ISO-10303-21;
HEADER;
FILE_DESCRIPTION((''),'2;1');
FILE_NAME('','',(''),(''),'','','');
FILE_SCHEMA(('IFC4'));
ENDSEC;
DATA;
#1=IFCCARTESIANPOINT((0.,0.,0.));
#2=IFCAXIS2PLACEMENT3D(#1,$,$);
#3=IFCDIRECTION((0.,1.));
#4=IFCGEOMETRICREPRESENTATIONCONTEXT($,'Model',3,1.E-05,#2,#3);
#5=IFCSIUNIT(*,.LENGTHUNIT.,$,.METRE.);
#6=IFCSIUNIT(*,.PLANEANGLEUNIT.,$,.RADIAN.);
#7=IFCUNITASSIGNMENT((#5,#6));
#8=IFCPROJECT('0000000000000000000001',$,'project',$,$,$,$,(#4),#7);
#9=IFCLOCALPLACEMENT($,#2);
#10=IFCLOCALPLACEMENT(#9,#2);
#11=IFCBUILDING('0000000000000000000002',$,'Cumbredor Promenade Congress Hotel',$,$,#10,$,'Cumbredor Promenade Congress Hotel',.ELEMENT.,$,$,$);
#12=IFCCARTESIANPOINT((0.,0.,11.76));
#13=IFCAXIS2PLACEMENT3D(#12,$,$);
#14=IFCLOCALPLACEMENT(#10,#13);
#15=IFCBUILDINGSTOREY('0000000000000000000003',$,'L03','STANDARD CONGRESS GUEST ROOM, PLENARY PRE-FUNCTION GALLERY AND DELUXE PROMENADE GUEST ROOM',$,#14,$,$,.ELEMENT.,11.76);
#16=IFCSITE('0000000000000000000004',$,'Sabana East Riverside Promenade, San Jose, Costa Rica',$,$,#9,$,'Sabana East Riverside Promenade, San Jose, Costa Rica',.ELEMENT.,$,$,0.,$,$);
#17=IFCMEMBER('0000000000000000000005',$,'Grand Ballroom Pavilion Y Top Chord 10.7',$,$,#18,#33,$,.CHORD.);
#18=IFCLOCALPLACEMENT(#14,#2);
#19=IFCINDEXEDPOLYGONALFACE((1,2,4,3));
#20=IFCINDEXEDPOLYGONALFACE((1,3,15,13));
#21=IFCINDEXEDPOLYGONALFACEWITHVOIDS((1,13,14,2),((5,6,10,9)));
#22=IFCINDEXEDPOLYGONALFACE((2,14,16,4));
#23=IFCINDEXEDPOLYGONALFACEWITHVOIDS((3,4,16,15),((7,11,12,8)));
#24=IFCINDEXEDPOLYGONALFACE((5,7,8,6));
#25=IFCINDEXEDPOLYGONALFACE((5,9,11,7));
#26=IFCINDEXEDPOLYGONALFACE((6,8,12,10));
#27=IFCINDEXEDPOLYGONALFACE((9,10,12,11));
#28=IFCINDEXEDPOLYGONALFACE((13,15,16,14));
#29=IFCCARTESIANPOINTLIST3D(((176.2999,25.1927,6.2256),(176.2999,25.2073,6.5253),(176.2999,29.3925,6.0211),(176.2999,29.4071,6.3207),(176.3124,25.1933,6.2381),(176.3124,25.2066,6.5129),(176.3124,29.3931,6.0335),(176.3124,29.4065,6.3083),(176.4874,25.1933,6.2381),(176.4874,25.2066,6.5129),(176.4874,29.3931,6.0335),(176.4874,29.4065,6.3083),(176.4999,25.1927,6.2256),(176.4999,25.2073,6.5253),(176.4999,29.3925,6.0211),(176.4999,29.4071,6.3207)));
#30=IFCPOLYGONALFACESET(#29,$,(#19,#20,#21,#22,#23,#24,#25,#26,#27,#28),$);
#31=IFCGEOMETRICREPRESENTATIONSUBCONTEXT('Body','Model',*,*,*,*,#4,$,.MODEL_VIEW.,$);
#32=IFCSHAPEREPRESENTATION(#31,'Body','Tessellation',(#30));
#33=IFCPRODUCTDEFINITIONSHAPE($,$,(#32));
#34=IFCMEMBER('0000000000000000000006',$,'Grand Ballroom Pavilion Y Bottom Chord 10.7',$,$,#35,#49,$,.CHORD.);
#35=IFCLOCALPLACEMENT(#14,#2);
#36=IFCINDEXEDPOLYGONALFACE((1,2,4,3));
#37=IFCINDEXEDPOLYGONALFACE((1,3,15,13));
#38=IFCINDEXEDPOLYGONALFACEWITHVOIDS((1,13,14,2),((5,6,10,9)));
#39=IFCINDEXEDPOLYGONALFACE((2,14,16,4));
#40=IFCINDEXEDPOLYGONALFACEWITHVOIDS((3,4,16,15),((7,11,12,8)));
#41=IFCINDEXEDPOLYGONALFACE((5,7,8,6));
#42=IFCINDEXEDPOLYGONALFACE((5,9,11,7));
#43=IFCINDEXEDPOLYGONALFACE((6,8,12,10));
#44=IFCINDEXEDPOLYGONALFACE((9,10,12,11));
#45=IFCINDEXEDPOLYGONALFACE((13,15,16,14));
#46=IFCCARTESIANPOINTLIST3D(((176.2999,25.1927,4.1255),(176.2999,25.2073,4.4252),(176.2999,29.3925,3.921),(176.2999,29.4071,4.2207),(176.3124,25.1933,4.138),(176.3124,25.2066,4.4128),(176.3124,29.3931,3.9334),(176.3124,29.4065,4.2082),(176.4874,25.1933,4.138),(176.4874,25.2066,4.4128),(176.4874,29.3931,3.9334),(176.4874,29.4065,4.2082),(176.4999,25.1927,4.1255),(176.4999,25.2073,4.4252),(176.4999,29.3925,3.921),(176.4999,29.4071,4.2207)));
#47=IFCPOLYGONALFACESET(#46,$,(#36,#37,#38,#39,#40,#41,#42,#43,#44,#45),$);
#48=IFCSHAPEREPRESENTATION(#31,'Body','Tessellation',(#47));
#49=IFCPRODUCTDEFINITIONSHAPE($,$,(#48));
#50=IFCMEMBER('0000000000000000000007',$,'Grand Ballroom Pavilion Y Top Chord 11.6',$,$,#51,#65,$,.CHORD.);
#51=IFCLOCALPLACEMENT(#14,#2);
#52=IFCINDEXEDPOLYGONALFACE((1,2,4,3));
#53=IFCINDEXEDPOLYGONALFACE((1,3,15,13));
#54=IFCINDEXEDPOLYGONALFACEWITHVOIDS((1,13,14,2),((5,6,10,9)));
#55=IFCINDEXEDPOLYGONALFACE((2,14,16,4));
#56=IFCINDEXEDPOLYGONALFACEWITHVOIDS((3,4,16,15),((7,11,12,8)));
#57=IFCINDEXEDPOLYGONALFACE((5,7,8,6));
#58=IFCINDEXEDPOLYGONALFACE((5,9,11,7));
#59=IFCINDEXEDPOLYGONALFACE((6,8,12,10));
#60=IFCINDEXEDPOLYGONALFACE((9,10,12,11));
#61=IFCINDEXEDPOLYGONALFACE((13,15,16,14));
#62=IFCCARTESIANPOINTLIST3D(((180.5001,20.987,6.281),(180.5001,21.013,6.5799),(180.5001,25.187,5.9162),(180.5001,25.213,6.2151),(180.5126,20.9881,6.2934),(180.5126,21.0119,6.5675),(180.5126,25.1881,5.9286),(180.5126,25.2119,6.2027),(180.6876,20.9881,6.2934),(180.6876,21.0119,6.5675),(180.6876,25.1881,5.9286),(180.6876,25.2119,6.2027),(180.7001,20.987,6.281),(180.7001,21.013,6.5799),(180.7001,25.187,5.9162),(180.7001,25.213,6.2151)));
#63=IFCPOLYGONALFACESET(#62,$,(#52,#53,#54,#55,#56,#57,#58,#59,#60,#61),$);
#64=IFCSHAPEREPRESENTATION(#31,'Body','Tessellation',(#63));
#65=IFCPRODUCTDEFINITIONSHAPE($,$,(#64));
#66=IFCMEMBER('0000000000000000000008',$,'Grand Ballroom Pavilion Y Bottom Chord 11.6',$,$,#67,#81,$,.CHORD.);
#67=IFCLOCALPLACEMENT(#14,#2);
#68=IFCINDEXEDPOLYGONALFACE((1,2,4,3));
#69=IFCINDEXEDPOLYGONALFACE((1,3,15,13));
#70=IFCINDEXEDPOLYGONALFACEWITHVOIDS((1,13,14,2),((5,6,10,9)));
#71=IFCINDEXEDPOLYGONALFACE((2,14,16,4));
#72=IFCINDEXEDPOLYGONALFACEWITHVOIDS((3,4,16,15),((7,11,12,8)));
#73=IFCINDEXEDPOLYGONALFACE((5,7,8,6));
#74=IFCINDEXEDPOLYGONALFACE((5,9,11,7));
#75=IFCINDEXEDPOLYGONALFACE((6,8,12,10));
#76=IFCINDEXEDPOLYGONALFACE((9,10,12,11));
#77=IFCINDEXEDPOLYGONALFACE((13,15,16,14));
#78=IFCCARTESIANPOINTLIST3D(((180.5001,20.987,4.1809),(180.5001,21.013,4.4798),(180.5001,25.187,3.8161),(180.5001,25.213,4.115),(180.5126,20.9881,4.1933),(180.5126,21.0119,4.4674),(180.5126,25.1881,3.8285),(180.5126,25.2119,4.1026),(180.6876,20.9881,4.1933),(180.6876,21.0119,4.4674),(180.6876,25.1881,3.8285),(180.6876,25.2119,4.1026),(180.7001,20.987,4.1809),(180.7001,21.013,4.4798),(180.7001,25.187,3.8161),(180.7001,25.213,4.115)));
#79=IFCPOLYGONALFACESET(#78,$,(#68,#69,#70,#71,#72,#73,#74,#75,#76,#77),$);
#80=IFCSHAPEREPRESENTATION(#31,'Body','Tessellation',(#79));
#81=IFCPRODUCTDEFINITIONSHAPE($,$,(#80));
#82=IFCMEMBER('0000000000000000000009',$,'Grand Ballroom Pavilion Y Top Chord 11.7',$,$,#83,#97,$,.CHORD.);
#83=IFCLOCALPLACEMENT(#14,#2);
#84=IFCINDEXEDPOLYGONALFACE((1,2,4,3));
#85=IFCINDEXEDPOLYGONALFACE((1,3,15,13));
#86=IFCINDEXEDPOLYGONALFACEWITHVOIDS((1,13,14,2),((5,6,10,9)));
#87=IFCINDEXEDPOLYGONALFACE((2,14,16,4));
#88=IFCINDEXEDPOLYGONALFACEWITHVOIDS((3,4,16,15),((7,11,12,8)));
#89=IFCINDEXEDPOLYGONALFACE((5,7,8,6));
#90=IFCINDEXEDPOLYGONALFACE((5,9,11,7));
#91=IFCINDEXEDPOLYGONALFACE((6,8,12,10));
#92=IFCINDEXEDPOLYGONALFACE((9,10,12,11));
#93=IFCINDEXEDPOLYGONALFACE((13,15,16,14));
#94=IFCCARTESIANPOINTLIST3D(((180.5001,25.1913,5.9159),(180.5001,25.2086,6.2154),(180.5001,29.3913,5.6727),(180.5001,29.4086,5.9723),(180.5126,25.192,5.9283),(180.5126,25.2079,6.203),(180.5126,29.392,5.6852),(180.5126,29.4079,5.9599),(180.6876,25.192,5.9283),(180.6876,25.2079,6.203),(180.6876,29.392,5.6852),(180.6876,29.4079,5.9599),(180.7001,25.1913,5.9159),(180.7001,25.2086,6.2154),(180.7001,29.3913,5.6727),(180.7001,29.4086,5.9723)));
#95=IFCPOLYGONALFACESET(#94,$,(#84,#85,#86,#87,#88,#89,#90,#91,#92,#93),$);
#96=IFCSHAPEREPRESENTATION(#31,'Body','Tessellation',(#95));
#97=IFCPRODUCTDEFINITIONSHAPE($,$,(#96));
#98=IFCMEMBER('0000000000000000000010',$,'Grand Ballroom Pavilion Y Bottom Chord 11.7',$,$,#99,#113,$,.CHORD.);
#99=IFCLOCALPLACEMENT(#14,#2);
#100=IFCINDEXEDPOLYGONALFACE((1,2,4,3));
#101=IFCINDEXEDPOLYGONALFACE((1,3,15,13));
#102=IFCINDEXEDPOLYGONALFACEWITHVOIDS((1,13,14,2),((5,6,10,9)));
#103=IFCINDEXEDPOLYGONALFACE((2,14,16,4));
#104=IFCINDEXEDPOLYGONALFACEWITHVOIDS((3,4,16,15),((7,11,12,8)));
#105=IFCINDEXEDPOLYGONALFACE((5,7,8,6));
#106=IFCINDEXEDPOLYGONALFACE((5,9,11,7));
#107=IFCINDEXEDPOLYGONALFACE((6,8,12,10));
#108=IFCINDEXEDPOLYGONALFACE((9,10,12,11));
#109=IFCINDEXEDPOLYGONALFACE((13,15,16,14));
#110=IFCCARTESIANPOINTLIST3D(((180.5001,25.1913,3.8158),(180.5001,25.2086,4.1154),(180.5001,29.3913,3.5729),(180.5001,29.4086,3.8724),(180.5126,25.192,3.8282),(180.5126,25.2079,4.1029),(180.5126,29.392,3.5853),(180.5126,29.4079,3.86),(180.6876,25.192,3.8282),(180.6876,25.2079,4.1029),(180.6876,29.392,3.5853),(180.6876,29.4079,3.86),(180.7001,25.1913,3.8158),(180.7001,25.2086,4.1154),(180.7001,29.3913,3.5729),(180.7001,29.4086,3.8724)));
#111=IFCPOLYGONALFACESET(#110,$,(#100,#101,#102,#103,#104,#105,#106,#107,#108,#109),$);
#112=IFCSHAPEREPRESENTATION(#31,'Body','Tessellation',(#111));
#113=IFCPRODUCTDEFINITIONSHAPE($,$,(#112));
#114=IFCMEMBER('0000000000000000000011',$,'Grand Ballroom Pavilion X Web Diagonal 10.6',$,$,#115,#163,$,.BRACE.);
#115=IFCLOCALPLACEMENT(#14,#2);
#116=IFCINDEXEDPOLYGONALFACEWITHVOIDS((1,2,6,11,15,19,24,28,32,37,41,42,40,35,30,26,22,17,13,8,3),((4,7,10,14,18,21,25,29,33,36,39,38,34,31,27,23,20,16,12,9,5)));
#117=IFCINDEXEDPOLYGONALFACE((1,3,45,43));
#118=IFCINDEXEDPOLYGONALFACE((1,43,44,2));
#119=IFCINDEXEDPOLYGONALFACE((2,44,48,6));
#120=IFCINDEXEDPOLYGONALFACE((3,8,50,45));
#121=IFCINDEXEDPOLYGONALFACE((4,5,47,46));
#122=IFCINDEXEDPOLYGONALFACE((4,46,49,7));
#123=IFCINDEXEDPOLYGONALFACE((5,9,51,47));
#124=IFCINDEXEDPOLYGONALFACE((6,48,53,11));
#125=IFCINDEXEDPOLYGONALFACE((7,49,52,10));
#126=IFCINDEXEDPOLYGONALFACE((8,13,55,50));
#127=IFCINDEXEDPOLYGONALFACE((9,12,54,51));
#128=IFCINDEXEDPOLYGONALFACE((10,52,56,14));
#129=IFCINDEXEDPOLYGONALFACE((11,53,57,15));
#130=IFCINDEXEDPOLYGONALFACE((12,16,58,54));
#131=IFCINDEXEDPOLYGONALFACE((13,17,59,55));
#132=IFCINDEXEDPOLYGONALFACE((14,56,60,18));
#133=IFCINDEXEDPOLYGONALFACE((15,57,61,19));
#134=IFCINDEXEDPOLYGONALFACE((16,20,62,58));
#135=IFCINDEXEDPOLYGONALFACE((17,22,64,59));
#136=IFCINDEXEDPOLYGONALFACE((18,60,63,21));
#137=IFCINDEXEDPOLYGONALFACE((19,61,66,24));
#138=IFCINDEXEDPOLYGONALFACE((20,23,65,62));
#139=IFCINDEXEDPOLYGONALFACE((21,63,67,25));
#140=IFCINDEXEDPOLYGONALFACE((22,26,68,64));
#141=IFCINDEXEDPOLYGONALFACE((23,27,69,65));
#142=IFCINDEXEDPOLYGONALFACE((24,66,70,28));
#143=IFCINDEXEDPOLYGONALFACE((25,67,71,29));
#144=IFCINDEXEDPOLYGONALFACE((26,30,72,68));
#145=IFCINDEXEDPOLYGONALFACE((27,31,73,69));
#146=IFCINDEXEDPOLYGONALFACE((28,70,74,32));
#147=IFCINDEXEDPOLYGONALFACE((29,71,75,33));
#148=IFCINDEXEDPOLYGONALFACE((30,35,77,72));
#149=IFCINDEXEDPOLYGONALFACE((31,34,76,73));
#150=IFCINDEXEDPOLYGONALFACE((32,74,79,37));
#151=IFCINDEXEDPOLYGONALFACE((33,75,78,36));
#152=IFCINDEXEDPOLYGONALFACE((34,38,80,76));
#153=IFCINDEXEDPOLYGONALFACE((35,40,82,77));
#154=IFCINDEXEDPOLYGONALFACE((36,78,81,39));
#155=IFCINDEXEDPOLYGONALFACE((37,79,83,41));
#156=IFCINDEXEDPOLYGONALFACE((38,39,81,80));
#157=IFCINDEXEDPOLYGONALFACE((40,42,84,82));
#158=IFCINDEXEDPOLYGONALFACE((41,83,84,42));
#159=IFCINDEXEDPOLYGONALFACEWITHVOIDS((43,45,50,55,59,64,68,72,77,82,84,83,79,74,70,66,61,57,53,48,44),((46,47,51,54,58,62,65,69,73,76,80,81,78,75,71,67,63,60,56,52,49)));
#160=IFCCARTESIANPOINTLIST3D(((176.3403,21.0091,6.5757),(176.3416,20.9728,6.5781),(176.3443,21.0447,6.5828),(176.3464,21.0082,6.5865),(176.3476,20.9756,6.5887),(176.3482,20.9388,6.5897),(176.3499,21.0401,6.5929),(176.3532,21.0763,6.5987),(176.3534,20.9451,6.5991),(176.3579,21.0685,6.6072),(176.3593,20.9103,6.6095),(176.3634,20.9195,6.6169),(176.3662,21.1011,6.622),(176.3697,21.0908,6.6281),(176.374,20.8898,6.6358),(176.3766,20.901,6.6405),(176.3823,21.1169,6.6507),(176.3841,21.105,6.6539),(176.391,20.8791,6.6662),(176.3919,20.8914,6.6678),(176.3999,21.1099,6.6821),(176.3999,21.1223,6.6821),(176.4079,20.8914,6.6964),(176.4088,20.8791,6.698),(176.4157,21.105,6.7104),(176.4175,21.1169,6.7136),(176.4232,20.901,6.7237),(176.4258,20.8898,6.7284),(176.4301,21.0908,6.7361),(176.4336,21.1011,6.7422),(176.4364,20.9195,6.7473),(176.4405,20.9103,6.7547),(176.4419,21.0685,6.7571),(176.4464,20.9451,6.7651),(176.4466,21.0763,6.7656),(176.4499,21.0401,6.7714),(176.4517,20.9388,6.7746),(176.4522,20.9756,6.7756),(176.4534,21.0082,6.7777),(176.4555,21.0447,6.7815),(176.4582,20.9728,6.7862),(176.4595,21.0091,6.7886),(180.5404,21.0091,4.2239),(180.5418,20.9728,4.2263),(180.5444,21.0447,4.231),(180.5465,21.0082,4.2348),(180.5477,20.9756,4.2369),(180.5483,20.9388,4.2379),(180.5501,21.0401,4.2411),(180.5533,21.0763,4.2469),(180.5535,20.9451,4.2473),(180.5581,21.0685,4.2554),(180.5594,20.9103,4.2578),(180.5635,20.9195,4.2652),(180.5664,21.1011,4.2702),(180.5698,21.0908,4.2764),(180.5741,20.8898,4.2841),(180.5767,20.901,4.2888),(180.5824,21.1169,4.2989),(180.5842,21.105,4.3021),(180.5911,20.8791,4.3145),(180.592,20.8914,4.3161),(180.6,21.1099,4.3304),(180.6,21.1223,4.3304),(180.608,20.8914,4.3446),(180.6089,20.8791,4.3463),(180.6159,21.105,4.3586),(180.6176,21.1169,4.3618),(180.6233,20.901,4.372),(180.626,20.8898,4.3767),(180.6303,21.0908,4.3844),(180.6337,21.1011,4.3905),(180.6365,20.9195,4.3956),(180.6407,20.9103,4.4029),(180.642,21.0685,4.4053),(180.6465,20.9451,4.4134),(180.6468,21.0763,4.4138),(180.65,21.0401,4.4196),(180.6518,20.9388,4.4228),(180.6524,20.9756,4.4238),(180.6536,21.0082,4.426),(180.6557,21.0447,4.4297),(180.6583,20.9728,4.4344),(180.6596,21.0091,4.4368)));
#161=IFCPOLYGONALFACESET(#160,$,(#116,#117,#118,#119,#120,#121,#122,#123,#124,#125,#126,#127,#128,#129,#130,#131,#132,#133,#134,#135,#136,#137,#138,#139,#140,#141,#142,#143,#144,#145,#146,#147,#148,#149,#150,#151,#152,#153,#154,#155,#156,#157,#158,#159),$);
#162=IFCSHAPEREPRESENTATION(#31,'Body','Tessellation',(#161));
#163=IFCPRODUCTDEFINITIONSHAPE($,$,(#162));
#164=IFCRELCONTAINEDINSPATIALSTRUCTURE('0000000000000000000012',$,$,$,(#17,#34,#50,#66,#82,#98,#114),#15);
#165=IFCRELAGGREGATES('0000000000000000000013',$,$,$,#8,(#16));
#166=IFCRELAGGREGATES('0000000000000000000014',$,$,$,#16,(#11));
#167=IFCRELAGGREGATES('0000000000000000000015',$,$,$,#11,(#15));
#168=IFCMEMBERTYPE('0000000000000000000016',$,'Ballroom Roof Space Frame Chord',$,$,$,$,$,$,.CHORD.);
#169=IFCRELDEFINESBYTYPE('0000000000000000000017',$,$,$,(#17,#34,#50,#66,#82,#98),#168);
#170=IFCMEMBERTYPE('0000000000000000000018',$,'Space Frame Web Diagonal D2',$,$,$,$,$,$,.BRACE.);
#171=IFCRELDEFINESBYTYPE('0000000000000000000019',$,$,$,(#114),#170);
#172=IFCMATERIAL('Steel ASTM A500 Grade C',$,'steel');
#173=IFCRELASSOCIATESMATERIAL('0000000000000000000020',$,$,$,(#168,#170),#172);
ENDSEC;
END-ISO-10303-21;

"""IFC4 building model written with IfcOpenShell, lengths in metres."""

from ifc_helpers import new_model, si_unit, direction, frame, origin, origin_2d, place, context, subcontext, project, spatial, hollow_rectangle, hollow_circle, extrude, material, material_profile, profile_set, type_object, element, save


model = new_model("IFC4")

# Units and contexts
model_context = context("Model", 3, precision=1e-05, world=origin(), true_north=direction((0.0, 1.0)))
body_context = subcontext(model_context, "Body", "Model", "MODEL_VIEW")
ifc_project = project(units=[si_unit("LENGTHUNIT", "METRE"), si_unit("PLANEANGLEUNIT", "RADIAN")], contexts=[model_context])

# Site, building, storey
site_placement = place(None, origin())
site = spatial("IfcSite", under=ifc_project, at=site_placement, Name="Sabana East Riverside Promenade, San Jose, Costa Rica", LongName="Sabana East Riverside Promenade, San Jose, Costa Rica", CompositionType="ELEMENT", RefElevation=0.0)
building_placement = place(site_placement, origin())
building = spatial("IfcBuilding", under=site, at=building_placement, Name="Cumbredor Promenade Congress Hotel", LongName="Cumbredor Promenade Congress Hotel", CompositionType="ELEMENT")
storey_placement = place(building_placement, frame((0.0, 0.0, 11.76)))
storey = spatial("IfcBuildingStorey", under=building, at=storey_placement, Name="L03", Description="STANDARD CONGRESS GUEST ROOM, PLENARY PRE-FUNCTION GALLERY AND DELUXE PROMENADE GUEST ROOM", CompositionType="ELEMENT", Elevation=11.76)

# Members
ifc_material_1 = material(Name="Steel ASTM A500 Grade C", Category="steel")
ifc_material_profile_1 = material_profile(ifc_material_1, hollow_rectangle(XDim=0.2, YDim=0.3, WallThickness=0.0125, at=origin_2d()), Name="HSS 300x200x12.5")
ifc_profile_set_1 = profile_set([ifc_material_profile_1], Name="Steel ASTM A500 Grade C")
member_type_1 = type_object("IfcMemberType", Name="Ballroom Roof Space Frame Chord", PredefinedType="CHORD", material=ifc_profile_set_1)
for number, where, z_axis, x_axis, name in (
    (1, (176.3999, 25.2, 6.3755), (0.0, 0.998816, -0.048655), (-1.0, 0.0, 0.0), "Grand Ballroom Pavilion Y Top Chord 10.7"),
    (2, (176.3999, 25.2, 4.2754), (0.0, 0.998816, -0.048655), (-1.0, 0.0, 0.0), "Grand Ballroom Pavilion Y Bottom Chord 10.7"),
):
    element("IfcMember", number, at=place(storey_placement, frame(where, z_axis=z_axis, x_axis=x_axis)), inside=storey, type_object=member_type_1, Name=name, PredefinedType="CHORD", context=body_context, shape_type="SweptSolid", body=[
        extrude(hollow_rectangle(XDim=0.2, YDim=0.3, WallThickness=0.0125, at=origin_2d()), origin(), (0.0, 0.0, 1.0), 4.2048),
    ])
for number, where, z_axis, x_axis, name in (
    (3, (180.6001, 21.0, 6.4304), (0.0, 0.99625, -0.08652), (-1.0, 0.0, 0.0), "Grand Ballroom Pavilion Y Top Chord 11.6"),
    (4, (180.6001, 21.0, 4.3303), (0.0, 0.99625, -0.08652), (-1.0, 0.0, 0.0), "Grand Ballroom Pavilion Y Bottom Chord 11.6"),
):
    element("IfcMember", number, at=place(storey_placement, frame(where, z_axis=z_axis, x_axis=x_axis)), inside=storey, type_object=member_type_1, Name=name, PredefinedType="CHORD", context=body_context, shape_type="SweptSolid", body=[
        extrude(hollow_rectangle(XDim=0.2, YDim=0.3, WallThickness=0.0125, at=origin_2d()), origin(), (0.0, 0.0, 1.0), 4.2158),
    ])
for number, where, z_axis, x_axis, name in (
    (5, (180.6001, 25.2, 6.0657), (0.0, 0.998328, -0.0578), (-1.0, 0.0, 0.0), "Grand Ballroom Pavilion Y Top Chord 11.7"),
    (6, (180.6001, 25.2, 3.9656), (0.0, 0.998332, -0.057742), (-1.0, 0.0, 0.0), "Grand Ballroom Pavilion Y Bottom Chord 11.7"),
):
    element("IfcMember", number, at=place(storey_placement, frame(where, z_axis=z_axis, x_axis=x_axis)), inside=storey, type_object=member_type_1, Name=name, PredefinedType="CHORD", context=body_context, shape_type="SweptSolid", body=[
        extrude(hollow_rectangle(XDim=0.2, YDim=0.3, WallThickness=0.0125, at=origin_2d()), origin(), (0.0, 0.0, 1.0), 4.207),
    ])
ifc_material_profile_2 = material_profile(ifc_material_1, hollow_circle(Radius=0.1223, WallThickness=0.0125, at=origin_2d()), Name="CHS 244.5x12.5")
ifc_profile_set_2 = profile_set([ifc_material_profile_2], Name="Steel ASTM A500 Grade C")
member_type_2 = type_object("IfcMemberType", Name="Space Frame Web Diagonal D2", PredefinedType="BRACE", material=ifc_profile_set_2)
member_1_placement = place(storey_placement, frame((176.3999, 21.0, 6.6821), z_axis=(0.872533, 0.0, -0.488555), x_axis=(0.0, 1.0, 0.0)))
element("IfcMember", 7, at=member_1_placement, inside=storey, type_object=member_type_2, Name="Grand Ballroom Pavilion X Web Diagonal 10.6", PredefinedType="BRACE", context=body_context, shape_type="SweptSolid", body=[
    extrude(hollow_circle(Radius=0.1223, WallThickness=0.0125, at=origin_2d()), origin(), (0.0, 0.0, 1.0), 4.8137),
])

save(model, "model.ifc")
